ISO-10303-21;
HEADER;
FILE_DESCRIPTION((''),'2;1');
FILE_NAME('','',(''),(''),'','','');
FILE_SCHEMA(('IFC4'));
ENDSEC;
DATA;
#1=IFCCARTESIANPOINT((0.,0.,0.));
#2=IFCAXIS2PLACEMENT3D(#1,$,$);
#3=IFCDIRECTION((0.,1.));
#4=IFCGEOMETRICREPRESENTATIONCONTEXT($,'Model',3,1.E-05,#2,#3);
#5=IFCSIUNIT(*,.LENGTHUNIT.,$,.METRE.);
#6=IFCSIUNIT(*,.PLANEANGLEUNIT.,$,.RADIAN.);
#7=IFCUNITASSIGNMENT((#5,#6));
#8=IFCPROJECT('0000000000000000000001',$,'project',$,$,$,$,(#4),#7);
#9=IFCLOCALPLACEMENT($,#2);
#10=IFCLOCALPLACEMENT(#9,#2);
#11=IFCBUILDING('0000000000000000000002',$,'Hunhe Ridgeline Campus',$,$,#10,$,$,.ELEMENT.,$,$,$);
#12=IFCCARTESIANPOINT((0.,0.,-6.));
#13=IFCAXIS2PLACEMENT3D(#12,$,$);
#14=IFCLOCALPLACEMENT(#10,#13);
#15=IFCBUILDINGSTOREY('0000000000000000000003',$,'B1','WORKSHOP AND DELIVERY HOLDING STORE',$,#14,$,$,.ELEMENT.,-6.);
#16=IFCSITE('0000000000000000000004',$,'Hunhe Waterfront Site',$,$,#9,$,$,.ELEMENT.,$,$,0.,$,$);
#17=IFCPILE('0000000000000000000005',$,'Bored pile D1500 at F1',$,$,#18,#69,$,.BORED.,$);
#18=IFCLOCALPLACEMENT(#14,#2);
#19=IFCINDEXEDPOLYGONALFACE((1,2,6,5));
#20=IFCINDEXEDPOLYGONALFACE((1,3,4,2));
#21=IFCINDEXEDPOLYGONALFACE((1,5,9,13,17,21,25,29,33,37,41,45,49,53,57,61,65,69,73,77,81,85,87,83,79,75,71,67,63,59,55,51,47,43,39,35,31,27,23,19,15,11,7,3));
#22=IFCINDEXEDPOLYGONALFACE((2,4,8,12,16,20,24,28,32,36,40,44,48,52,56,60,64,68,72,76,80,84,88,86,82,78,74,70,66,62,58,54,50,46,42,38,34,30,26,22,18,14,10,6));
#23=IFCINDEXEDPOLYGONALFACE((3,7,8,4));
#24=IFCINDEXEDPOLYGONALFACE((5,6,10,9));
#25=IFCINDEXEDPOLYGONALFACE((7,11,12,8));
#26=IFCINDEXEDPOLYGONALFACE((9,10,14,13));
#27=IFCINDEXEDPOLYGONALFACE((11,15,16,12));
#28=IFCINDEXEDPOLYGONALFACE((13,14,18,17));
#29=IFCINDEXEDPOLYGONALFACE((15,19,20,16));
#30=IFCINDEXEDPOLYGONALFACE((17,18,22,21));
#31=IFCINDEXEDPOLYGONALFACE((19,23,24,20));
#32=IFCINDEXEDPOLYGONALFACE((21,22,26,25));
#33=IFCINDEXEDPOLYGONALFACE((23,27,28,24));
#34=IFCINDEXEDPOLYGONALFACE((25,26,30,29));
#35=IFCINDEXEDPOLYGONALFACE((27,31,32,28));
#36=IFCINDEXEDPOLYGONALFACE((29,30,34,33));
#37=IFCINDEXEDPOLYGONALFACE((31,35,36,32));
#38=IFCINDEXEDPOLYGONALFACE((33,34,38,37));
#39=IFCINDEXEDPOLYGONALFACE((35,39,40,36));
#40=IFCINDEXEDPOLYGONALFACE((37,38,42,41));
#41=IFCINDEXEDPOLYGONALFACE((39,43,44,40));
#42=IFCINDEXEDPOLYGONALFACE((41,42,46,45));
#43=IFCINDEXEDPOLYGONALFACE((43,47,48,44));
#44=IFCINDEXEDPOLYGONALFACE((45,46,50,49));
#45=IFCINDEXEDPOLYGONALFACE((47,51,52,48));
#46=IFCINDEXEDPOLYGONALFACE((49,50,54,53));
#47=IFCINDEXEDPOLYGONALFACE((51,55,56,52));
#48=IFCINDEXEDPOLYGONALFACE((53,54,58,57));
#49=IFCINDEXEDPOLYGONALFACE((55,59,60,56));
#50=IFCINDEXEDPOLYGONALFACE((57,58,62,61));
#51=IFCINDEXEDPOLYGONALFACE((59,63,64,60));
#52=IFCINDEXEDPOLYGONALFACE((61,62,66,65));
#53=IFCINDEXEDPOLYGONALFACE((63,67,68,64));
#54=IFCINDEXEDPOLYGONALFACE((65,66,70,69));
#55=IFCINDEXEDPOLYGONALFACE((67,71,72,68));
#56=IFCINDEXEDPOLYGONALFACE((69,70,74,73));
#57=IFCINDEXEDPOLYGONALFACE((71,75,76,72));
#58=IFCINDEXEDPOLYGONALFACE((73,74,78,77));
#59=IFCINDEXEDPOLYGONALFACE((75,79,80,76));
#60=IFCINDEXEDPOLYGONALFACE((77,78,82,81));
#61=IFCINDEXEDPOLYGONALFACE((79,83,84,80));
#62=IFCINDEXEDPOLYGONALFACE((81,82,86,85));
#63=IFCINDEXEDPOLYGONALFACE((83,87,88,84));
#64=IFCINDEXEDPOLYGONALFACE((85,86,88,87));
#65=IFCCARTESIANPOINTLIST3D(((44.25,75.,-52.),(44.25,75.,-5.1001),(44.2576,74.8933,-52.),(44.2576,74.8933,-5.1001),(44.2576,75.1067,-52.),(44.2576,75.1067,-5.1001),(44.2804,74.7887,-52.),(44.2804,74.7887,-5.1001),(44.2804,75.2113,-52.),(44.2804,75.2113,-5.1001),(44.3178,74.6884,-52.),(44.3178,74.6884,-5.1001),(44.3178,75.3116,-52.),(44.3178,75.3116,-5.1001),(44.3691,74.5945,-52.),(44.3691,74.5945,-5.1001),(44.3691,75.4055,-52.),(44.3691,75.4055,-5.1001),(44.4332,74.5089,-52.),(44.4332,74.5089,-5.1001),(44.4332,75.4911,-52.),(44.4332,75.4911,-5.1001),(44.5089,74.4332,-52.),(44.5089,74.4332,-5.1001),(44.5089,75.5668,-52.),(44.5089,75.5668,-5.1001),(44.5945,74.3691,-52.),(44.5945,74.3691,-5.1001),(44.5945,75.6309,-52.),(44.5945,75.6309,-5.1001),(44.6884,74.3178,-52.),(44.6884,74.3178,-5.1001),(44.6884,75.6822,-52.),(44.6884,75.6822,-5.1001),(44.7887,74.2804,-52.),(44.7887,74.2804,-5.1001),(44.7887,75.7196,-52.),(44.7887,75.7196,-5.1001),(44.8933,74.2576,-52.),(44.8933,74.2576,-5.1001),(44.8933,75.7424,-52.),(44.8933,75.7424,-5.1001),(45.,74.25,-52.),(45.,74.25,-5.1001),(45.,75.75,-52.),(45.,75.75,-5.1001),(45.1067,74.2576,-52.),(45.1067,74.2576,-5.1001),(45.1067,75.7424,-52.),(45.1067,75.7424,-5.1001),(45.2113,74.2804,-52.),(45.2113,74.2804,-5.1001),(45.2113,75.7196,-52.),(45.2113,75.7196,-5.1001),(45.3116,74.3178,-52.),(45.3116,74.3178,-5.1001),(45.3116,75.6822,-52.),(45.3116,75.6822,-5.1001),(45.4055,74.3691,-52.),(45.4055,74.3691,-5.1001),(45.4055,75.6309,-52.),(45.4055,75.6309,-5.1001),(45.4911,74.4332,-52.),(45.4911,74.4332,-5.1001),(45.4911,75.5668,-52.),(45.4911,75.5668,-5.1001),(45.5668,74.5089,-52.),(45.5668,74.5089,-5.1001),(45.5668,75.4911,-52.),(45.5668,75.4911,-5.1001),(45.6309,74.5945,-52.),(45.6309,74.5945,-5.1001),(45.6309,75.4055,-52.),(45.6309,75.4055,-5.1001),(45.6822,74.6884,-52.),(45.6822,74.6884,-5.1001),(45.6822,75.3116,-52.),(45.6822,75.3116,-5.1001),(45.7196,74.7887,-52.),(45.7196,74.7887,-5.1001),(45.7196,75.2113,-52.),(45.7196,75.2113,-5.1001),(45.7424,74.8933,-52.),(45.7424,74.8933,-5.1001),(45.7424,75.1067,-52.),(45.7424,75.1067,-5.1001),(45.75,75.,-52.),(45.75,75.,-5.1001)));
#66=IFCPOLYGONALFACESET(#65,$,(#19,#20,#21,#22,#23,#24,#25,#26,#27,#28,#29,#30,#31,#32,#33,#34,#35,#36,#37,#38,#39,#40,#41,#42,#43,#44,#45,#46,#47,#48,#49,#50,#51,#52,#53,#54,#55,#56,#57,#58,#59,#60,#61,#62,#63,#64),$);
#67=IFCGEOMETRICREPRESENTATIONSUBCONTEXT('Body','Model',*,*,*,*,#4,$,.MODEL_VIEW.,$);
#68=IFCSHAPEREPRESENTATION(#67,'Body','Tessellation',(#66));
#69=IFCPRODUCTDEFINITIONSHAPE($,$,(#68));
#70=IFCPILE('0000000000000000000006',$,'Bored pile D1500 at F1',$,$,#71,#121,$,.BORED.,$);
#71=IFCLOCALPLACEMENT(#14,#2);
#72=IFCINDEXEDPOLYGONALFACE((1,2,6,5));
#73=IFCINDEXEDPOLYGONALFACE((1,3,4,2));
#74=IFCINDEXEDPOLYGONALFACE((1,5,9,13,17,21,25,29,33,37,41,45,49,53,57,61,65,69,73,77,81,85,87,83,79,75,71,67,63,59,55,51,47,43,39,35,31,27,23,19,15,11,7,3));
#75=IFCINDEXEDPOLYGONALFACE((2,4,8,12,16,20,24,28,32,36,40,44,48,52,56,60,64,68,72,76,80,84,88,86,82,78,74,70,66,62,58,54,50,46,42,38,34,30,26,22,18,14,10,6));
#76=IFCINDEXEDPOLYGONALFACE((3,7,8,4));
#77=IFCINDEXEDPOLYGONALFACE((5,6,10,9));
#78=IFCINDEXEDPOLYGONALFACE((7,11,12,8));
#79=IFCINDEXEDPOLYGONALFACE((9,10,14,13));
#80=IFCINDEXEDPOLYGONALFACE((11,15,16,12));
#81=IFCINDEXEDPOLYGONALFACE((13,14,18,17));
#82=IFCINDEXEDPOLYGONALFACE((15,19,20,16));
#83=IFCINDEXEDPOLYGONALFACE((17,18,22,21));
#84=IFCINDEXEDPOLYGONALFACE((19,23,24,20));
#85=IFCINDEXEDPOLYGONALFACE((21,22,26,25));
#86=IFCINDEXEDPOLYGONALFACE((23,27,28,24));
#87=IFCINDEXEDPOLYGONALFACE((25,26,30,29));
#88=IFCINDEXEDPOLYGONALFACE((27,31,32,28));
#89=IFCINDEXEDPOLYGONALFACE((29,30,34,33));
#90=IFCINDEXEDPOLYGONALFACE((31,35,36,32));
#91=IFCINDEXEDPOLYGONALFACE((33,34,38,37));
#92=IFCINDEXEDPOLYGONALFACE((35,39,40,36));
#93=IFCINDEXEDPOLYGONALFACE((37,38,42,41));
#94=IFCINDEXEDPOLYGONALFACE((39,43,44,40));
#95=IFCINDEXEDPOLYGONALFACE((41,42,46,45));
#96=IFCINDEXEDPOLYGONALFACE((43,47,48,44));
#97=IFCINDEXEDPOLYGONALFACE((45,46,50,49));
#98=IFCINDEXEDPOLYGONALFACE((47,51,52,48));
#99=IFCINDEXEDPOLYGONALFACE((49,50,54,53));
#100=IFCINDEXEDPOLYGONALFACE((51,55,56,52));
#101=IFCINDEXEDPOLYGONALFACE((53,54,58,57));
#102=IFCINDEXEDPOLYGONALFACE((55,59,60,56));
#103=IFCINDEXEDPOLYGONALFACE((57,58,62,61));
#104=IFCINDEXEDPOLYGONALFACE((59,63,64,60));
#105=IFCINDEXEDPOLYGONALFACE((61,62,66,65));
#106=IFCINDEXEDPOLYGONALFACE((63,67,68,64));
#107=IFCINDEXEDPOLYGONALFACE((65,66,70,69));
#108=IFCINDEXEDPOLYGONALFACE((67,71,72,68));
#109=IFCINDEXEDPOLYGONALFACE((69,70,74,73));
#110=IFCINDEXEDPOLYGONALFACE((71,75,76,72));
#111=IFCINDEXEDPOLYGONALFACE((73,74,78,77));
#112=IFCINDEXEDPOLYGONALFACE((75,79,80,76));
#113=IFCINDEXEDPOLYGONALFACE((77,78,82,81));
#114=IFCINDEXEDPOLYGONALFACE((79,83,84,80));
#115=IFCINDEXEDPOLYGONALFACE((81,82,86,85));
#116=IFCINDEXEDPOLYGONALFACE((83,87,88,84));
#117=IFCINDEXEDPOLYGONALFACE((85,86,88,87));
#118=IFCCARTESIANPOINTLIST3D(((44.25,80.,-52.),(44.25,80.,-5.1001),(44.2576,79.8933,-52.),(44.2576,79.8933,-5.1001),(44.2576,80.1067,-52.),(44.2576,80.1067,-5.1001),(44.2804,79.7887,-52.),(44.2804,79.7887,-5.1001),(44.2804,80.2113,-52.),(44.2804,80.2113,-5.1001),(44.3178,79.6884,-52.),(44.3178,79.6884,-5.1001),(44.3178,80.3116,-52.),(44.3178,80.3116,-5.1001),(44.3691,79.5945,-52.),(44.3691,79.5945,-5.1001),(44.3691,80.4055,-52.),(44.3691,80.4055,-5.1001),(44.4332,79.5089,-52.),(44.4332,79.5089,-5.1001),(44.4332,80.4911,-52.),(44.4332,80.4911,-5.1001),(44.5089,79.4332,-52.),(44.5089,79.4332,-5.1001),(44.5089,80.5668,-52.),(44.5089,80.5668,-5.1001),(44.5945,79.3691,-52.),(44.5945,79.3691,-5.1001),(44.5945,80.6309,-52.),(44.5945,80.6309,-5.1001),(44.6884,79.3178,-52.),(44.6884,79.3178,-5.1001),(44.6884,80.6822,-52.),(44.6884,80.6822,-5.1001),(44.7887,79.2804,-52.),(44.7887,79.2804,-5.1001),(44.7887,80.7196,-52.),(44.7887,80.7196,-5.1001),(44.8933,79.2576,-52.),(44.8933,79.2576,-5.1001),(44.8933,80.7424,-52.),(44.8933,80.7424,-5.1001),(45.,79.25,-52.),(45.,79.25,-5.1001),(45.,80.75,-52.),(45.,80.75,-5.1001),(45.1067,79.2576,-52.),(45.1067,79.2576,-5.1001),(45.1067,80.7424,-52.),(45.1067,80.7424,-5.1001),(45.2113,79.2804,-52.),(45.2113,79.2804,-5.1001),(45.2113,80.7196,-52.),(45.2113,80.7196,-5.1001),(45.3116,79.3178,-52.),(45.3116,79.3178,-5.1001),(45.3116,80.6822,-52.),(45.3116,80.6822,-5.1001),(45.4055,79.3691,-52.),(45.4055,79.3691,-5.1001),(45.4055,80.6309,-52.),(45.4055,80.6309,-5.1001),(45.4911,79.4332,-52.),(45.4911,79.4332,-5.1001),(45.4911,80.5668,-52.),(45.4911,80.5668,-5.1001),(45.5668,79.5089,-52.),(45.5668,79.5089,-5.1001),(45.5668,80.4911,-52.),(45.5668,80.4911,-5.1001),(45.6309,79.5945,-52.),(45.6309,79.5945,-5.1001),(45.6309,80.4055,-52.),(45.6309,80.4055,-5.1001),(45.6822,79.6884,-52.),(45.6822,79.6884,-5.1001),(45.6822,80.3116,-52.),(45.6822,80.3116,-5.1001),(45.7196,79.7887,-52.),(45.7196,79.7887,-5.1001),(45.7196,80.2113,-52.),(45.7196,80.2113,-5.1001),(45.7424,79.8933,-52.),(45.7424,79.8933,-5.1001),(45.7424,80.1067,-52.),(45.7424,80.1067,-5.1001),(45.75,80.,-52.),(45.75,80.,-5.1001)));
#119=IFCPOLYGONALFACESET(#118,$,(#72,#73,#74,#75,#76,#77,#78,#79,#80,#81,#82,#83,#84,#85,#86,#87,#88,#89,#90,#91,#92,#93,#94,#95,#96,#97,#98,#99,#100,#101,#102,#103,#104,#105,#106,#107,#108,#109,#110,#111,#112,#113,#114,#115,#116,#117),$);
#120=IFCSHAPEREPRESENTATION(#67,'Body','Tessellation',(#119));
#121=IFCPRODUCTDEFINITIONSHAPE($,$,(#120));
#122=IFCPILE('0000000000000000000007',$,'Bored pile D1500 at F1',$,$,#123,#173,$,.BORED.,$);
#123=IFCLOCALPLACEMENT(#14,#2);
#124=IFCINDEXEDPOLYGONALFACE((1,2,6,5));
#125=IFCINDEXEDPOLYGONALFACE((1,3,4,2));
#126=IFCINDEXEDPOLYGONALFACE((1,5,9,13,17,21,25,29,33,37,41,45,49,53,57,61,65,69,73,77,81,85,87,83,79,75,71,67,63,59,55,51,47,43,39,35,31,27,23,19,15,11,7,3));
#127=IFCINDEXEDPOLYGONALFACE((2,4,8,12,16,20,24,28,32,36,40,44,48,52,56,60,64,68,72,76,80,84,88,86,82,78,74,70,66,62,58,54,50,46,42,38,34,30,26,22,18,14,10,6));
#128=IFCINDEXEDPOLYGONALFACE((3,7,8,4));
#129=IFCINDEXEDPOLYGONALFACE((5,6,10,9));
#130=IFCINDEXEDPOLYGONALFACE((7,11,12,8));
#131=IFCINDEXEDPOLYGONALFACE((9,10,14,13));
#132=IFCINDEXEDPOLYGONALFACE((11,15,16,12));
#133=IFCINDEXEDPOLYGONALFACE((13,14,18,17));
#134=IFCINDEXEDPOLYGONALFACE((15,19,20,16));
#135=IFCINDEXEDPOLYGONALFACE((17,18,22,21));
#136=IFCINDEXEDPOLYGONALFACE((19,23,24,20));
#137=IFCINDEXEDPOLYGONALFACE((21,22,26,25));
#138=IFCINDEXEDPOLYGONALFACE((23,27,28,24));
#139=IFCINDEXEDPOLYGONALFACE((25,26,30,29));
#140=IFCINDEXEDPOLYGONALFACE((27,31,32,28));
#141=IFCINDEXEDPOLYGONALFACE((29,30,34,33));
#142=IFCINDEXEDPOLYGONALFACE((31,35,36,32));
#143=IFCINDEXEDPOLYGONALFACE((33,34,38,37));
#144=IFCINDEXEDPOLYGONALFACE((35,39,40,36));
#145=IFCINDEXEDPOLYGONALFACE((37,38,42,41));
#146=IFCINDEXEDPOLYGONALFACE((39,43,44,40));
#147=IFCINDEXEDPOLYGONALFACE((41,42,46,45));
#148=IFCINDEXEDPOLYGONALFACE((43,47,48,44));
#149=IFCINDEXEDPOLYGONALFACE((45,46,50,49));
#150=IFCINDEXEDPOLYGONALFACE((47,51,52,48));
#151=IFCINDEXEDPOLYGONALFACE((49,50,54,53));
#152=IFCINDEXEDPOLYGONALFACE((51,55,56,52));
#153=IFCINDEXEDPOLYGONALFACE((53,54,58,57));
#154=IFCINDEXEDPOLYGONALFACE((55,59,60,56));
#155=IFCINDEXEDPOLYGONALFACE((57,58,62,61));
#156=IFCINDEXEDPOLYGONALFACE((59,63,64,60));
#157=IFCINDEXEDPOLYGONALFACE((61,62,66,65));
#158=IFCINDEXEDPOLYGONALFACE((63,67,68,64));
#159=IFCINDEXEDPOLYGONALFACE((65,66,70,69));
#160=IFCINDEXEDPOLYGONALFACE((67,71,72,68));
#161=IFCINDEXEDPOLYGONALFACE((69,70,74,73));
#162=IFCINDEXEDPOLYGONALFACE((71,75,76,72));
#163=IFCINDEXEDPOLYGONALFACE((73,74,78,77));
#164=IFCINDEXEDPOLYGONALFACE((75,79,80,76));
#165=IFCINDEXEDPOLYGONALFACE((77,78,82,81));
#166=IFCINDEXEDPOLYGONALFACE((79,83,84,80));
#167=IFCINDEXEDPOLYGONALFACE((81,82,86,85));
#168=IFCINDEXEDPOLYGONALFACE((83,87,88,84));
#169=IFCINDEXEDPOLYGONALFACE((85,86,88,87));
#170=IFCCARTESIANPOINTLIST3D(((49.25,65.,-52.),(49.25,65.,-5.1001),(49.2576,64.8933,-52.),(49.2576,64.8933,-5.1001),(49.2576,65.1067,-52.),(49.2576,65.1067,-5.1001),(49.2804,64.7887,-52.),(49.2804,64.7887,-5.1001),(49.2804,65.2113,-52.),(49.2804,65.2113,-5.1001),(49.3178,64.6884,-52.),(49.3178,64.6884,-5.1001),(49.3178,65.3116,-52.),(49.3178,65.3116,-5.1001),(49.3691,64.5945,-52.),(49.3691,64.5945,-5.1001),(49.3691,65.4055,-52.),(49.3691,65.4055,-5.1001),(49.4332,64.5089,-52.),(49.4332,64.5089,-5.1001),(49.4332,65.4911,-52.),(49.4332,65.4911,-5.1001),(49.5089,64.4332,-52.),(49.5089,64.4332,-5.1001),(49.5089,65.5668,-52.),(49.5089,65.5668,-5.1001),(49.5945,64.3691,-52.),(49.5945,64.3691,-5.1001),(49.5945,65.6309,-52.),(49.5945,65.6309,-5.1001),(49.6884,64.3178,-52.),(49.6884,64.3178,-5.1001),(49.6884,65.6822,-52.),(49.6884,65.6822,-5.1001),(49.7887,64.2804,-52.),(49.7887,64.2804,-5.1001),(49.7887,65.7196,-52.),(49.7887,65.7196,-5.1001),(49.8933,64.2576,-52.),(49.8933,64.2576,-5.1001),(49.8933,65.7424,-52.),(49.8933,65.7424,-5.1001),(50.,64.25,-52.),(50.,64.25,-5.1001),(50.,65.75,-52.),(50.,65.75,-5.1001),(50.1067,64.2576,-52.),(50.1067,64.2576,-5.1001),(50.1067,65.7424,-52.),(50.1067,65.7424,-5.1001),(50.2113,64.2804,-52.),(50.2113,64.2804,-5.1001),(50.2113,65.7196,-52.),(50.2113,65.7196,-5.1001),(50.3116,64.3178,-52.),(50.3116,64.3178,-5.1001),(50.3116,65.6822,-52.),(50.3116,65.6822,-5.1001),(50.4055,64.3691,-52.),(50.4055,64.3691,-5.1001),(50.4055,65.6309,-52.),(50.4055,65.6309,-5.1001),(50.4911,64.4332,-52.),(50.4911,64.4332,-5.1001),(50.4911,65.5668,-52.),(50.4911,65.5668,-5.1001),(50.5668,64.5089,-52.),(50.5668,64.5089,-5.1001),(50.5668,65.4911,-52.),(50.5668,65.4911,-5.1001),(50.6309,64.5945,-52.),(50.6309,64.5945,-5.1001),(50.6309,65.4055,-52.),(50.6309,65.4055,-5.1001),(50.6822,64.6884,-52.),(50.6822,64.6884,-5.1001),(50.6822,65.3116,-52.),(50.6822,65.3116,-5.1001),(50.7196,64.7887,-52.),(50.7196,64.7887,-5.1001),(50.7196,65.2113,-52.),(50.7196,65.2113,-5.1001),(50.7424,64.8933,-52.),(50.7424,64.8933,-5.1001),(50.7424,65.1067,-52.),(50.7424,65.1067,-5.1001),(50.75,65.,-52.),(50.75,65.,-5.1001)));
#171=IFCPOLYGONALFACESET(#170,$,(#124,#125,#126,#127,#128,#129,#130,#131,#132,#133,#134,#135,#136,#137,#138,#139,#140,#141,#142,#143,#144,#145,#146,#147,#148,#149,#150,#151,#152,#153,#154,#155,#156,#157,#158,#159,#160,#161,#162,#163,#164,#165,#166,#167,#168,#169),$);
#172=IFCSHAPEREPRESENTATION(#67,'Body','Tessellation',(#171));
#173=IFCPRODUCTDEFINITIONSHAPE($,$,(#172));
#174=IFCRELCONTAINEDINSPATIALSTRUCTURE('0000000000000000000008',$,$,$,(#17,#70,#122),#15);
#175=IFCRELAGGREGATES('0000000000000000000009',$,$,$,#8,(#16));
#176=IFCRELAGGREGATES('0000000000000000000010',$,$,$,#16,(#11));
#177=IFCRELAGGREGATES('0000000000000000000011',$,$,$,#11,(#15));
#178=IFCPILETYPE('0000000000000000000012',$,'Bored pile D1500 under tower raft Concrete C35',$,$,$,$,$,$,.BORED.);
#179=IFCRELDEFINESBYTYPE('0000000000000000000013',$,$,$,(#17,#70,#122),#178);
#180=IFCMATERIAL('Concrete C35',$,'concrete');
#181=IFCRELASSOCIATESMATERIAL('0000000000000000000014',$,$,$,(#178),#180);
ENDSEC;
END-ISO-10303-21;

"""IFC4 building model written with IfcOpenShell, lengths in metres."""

from ifc_helpers import new_model, si_unit, direction, frame, origin, origin_2d, place, context, subcontext, project, spatial, circle, extrude, material, material_profile, profile_set, type_object, element, save


model = new_model("IFC4")

# Units and contexts
model_context = context("Model", 3, precision=1e-05, world=origin(), true_north=direction((0.0, 1.0)))
body_context = subcontext(model_context, "Body", "Model", "MODEL_VIEW")
ifc_project = project(units=[si_unit("LENGTHUNIT", "METRE"), si_unit("PLANEANGLEUNIT", "RADIAN")], contexts=[model_context])

# Site, building, storey
site_placement = place(None, origin())
site = spatial("IfcSite", under=ifc_project, at=site_placement, Name="Hunhe Waterfront Site", CompositionType="ELEMENT", RefElevation=0.0)
building_placement = place(site_placement, origin())
building = spatial("IfcBuilding", under=site, at=building_placement, Name="Hunhe Ridgeline Campus", CompositionType="ELEMENT")
storey_placement = place(building_placement, frame((0.0, 0.0, -6.0)))
storey = spatial("IfcBuildingStorey", under=building, at=storey_placement, Name="B1", Description="WORKSHOP AND DELIVERY HOLDING STORE", CompositionType="ELEMENT", Elevation=-6.0)

# Piles
ifc_material_1 = material(Name="Concrete C35", Category="concrete")
ifc_material_profile_1 = material_profile(ifc_material_1, circle(Radius=0.75, at=origin_2d()))
ifc_profile_set_1 = profile_set([ifc_material_profile_1], Name="Concrete C35")
pile_type = type_object("IfcPileType", Name="Bored pile D1500 under tower raft Concrete C35", PredefinedType="BORED", material=ifc_profile_set_1)
for number, where, z_axis, x_axis, name in (
    (1, (45.0, 75.0, -5.1001), (0.0, 0.0, -1.0), (1.0, 0.0, 0.0), "Bored pile D1500 at F1"),
    (2, (45.0, 80.0, -5.1001), (0.0, 0.0, -1.0), (1.0, 0.0, 0.0), "Bored pile D1500 at F1"),
    (3, (50.0, 65.0, -5.1001), (0.0, 0.0, -1.0), (1.0, 0.0, 0.0), "Bored pile D1500 at F1"),
):
    element("IfcPile", number, at=place(storey_placement, frame(where, z_axis=z_axis, x_axis=x_axis)), inside=storey, type_object=pile_type, Name=name, PredefinedType="BORED", context=body_context, shape_type="SweptSolid", body=[
        extrude(circle(Radius=0.75, at=origin_2d()), origin(), (0.0, 0.0, 1.0), 46.8999),
    ])

save(model, "model.ifc")
